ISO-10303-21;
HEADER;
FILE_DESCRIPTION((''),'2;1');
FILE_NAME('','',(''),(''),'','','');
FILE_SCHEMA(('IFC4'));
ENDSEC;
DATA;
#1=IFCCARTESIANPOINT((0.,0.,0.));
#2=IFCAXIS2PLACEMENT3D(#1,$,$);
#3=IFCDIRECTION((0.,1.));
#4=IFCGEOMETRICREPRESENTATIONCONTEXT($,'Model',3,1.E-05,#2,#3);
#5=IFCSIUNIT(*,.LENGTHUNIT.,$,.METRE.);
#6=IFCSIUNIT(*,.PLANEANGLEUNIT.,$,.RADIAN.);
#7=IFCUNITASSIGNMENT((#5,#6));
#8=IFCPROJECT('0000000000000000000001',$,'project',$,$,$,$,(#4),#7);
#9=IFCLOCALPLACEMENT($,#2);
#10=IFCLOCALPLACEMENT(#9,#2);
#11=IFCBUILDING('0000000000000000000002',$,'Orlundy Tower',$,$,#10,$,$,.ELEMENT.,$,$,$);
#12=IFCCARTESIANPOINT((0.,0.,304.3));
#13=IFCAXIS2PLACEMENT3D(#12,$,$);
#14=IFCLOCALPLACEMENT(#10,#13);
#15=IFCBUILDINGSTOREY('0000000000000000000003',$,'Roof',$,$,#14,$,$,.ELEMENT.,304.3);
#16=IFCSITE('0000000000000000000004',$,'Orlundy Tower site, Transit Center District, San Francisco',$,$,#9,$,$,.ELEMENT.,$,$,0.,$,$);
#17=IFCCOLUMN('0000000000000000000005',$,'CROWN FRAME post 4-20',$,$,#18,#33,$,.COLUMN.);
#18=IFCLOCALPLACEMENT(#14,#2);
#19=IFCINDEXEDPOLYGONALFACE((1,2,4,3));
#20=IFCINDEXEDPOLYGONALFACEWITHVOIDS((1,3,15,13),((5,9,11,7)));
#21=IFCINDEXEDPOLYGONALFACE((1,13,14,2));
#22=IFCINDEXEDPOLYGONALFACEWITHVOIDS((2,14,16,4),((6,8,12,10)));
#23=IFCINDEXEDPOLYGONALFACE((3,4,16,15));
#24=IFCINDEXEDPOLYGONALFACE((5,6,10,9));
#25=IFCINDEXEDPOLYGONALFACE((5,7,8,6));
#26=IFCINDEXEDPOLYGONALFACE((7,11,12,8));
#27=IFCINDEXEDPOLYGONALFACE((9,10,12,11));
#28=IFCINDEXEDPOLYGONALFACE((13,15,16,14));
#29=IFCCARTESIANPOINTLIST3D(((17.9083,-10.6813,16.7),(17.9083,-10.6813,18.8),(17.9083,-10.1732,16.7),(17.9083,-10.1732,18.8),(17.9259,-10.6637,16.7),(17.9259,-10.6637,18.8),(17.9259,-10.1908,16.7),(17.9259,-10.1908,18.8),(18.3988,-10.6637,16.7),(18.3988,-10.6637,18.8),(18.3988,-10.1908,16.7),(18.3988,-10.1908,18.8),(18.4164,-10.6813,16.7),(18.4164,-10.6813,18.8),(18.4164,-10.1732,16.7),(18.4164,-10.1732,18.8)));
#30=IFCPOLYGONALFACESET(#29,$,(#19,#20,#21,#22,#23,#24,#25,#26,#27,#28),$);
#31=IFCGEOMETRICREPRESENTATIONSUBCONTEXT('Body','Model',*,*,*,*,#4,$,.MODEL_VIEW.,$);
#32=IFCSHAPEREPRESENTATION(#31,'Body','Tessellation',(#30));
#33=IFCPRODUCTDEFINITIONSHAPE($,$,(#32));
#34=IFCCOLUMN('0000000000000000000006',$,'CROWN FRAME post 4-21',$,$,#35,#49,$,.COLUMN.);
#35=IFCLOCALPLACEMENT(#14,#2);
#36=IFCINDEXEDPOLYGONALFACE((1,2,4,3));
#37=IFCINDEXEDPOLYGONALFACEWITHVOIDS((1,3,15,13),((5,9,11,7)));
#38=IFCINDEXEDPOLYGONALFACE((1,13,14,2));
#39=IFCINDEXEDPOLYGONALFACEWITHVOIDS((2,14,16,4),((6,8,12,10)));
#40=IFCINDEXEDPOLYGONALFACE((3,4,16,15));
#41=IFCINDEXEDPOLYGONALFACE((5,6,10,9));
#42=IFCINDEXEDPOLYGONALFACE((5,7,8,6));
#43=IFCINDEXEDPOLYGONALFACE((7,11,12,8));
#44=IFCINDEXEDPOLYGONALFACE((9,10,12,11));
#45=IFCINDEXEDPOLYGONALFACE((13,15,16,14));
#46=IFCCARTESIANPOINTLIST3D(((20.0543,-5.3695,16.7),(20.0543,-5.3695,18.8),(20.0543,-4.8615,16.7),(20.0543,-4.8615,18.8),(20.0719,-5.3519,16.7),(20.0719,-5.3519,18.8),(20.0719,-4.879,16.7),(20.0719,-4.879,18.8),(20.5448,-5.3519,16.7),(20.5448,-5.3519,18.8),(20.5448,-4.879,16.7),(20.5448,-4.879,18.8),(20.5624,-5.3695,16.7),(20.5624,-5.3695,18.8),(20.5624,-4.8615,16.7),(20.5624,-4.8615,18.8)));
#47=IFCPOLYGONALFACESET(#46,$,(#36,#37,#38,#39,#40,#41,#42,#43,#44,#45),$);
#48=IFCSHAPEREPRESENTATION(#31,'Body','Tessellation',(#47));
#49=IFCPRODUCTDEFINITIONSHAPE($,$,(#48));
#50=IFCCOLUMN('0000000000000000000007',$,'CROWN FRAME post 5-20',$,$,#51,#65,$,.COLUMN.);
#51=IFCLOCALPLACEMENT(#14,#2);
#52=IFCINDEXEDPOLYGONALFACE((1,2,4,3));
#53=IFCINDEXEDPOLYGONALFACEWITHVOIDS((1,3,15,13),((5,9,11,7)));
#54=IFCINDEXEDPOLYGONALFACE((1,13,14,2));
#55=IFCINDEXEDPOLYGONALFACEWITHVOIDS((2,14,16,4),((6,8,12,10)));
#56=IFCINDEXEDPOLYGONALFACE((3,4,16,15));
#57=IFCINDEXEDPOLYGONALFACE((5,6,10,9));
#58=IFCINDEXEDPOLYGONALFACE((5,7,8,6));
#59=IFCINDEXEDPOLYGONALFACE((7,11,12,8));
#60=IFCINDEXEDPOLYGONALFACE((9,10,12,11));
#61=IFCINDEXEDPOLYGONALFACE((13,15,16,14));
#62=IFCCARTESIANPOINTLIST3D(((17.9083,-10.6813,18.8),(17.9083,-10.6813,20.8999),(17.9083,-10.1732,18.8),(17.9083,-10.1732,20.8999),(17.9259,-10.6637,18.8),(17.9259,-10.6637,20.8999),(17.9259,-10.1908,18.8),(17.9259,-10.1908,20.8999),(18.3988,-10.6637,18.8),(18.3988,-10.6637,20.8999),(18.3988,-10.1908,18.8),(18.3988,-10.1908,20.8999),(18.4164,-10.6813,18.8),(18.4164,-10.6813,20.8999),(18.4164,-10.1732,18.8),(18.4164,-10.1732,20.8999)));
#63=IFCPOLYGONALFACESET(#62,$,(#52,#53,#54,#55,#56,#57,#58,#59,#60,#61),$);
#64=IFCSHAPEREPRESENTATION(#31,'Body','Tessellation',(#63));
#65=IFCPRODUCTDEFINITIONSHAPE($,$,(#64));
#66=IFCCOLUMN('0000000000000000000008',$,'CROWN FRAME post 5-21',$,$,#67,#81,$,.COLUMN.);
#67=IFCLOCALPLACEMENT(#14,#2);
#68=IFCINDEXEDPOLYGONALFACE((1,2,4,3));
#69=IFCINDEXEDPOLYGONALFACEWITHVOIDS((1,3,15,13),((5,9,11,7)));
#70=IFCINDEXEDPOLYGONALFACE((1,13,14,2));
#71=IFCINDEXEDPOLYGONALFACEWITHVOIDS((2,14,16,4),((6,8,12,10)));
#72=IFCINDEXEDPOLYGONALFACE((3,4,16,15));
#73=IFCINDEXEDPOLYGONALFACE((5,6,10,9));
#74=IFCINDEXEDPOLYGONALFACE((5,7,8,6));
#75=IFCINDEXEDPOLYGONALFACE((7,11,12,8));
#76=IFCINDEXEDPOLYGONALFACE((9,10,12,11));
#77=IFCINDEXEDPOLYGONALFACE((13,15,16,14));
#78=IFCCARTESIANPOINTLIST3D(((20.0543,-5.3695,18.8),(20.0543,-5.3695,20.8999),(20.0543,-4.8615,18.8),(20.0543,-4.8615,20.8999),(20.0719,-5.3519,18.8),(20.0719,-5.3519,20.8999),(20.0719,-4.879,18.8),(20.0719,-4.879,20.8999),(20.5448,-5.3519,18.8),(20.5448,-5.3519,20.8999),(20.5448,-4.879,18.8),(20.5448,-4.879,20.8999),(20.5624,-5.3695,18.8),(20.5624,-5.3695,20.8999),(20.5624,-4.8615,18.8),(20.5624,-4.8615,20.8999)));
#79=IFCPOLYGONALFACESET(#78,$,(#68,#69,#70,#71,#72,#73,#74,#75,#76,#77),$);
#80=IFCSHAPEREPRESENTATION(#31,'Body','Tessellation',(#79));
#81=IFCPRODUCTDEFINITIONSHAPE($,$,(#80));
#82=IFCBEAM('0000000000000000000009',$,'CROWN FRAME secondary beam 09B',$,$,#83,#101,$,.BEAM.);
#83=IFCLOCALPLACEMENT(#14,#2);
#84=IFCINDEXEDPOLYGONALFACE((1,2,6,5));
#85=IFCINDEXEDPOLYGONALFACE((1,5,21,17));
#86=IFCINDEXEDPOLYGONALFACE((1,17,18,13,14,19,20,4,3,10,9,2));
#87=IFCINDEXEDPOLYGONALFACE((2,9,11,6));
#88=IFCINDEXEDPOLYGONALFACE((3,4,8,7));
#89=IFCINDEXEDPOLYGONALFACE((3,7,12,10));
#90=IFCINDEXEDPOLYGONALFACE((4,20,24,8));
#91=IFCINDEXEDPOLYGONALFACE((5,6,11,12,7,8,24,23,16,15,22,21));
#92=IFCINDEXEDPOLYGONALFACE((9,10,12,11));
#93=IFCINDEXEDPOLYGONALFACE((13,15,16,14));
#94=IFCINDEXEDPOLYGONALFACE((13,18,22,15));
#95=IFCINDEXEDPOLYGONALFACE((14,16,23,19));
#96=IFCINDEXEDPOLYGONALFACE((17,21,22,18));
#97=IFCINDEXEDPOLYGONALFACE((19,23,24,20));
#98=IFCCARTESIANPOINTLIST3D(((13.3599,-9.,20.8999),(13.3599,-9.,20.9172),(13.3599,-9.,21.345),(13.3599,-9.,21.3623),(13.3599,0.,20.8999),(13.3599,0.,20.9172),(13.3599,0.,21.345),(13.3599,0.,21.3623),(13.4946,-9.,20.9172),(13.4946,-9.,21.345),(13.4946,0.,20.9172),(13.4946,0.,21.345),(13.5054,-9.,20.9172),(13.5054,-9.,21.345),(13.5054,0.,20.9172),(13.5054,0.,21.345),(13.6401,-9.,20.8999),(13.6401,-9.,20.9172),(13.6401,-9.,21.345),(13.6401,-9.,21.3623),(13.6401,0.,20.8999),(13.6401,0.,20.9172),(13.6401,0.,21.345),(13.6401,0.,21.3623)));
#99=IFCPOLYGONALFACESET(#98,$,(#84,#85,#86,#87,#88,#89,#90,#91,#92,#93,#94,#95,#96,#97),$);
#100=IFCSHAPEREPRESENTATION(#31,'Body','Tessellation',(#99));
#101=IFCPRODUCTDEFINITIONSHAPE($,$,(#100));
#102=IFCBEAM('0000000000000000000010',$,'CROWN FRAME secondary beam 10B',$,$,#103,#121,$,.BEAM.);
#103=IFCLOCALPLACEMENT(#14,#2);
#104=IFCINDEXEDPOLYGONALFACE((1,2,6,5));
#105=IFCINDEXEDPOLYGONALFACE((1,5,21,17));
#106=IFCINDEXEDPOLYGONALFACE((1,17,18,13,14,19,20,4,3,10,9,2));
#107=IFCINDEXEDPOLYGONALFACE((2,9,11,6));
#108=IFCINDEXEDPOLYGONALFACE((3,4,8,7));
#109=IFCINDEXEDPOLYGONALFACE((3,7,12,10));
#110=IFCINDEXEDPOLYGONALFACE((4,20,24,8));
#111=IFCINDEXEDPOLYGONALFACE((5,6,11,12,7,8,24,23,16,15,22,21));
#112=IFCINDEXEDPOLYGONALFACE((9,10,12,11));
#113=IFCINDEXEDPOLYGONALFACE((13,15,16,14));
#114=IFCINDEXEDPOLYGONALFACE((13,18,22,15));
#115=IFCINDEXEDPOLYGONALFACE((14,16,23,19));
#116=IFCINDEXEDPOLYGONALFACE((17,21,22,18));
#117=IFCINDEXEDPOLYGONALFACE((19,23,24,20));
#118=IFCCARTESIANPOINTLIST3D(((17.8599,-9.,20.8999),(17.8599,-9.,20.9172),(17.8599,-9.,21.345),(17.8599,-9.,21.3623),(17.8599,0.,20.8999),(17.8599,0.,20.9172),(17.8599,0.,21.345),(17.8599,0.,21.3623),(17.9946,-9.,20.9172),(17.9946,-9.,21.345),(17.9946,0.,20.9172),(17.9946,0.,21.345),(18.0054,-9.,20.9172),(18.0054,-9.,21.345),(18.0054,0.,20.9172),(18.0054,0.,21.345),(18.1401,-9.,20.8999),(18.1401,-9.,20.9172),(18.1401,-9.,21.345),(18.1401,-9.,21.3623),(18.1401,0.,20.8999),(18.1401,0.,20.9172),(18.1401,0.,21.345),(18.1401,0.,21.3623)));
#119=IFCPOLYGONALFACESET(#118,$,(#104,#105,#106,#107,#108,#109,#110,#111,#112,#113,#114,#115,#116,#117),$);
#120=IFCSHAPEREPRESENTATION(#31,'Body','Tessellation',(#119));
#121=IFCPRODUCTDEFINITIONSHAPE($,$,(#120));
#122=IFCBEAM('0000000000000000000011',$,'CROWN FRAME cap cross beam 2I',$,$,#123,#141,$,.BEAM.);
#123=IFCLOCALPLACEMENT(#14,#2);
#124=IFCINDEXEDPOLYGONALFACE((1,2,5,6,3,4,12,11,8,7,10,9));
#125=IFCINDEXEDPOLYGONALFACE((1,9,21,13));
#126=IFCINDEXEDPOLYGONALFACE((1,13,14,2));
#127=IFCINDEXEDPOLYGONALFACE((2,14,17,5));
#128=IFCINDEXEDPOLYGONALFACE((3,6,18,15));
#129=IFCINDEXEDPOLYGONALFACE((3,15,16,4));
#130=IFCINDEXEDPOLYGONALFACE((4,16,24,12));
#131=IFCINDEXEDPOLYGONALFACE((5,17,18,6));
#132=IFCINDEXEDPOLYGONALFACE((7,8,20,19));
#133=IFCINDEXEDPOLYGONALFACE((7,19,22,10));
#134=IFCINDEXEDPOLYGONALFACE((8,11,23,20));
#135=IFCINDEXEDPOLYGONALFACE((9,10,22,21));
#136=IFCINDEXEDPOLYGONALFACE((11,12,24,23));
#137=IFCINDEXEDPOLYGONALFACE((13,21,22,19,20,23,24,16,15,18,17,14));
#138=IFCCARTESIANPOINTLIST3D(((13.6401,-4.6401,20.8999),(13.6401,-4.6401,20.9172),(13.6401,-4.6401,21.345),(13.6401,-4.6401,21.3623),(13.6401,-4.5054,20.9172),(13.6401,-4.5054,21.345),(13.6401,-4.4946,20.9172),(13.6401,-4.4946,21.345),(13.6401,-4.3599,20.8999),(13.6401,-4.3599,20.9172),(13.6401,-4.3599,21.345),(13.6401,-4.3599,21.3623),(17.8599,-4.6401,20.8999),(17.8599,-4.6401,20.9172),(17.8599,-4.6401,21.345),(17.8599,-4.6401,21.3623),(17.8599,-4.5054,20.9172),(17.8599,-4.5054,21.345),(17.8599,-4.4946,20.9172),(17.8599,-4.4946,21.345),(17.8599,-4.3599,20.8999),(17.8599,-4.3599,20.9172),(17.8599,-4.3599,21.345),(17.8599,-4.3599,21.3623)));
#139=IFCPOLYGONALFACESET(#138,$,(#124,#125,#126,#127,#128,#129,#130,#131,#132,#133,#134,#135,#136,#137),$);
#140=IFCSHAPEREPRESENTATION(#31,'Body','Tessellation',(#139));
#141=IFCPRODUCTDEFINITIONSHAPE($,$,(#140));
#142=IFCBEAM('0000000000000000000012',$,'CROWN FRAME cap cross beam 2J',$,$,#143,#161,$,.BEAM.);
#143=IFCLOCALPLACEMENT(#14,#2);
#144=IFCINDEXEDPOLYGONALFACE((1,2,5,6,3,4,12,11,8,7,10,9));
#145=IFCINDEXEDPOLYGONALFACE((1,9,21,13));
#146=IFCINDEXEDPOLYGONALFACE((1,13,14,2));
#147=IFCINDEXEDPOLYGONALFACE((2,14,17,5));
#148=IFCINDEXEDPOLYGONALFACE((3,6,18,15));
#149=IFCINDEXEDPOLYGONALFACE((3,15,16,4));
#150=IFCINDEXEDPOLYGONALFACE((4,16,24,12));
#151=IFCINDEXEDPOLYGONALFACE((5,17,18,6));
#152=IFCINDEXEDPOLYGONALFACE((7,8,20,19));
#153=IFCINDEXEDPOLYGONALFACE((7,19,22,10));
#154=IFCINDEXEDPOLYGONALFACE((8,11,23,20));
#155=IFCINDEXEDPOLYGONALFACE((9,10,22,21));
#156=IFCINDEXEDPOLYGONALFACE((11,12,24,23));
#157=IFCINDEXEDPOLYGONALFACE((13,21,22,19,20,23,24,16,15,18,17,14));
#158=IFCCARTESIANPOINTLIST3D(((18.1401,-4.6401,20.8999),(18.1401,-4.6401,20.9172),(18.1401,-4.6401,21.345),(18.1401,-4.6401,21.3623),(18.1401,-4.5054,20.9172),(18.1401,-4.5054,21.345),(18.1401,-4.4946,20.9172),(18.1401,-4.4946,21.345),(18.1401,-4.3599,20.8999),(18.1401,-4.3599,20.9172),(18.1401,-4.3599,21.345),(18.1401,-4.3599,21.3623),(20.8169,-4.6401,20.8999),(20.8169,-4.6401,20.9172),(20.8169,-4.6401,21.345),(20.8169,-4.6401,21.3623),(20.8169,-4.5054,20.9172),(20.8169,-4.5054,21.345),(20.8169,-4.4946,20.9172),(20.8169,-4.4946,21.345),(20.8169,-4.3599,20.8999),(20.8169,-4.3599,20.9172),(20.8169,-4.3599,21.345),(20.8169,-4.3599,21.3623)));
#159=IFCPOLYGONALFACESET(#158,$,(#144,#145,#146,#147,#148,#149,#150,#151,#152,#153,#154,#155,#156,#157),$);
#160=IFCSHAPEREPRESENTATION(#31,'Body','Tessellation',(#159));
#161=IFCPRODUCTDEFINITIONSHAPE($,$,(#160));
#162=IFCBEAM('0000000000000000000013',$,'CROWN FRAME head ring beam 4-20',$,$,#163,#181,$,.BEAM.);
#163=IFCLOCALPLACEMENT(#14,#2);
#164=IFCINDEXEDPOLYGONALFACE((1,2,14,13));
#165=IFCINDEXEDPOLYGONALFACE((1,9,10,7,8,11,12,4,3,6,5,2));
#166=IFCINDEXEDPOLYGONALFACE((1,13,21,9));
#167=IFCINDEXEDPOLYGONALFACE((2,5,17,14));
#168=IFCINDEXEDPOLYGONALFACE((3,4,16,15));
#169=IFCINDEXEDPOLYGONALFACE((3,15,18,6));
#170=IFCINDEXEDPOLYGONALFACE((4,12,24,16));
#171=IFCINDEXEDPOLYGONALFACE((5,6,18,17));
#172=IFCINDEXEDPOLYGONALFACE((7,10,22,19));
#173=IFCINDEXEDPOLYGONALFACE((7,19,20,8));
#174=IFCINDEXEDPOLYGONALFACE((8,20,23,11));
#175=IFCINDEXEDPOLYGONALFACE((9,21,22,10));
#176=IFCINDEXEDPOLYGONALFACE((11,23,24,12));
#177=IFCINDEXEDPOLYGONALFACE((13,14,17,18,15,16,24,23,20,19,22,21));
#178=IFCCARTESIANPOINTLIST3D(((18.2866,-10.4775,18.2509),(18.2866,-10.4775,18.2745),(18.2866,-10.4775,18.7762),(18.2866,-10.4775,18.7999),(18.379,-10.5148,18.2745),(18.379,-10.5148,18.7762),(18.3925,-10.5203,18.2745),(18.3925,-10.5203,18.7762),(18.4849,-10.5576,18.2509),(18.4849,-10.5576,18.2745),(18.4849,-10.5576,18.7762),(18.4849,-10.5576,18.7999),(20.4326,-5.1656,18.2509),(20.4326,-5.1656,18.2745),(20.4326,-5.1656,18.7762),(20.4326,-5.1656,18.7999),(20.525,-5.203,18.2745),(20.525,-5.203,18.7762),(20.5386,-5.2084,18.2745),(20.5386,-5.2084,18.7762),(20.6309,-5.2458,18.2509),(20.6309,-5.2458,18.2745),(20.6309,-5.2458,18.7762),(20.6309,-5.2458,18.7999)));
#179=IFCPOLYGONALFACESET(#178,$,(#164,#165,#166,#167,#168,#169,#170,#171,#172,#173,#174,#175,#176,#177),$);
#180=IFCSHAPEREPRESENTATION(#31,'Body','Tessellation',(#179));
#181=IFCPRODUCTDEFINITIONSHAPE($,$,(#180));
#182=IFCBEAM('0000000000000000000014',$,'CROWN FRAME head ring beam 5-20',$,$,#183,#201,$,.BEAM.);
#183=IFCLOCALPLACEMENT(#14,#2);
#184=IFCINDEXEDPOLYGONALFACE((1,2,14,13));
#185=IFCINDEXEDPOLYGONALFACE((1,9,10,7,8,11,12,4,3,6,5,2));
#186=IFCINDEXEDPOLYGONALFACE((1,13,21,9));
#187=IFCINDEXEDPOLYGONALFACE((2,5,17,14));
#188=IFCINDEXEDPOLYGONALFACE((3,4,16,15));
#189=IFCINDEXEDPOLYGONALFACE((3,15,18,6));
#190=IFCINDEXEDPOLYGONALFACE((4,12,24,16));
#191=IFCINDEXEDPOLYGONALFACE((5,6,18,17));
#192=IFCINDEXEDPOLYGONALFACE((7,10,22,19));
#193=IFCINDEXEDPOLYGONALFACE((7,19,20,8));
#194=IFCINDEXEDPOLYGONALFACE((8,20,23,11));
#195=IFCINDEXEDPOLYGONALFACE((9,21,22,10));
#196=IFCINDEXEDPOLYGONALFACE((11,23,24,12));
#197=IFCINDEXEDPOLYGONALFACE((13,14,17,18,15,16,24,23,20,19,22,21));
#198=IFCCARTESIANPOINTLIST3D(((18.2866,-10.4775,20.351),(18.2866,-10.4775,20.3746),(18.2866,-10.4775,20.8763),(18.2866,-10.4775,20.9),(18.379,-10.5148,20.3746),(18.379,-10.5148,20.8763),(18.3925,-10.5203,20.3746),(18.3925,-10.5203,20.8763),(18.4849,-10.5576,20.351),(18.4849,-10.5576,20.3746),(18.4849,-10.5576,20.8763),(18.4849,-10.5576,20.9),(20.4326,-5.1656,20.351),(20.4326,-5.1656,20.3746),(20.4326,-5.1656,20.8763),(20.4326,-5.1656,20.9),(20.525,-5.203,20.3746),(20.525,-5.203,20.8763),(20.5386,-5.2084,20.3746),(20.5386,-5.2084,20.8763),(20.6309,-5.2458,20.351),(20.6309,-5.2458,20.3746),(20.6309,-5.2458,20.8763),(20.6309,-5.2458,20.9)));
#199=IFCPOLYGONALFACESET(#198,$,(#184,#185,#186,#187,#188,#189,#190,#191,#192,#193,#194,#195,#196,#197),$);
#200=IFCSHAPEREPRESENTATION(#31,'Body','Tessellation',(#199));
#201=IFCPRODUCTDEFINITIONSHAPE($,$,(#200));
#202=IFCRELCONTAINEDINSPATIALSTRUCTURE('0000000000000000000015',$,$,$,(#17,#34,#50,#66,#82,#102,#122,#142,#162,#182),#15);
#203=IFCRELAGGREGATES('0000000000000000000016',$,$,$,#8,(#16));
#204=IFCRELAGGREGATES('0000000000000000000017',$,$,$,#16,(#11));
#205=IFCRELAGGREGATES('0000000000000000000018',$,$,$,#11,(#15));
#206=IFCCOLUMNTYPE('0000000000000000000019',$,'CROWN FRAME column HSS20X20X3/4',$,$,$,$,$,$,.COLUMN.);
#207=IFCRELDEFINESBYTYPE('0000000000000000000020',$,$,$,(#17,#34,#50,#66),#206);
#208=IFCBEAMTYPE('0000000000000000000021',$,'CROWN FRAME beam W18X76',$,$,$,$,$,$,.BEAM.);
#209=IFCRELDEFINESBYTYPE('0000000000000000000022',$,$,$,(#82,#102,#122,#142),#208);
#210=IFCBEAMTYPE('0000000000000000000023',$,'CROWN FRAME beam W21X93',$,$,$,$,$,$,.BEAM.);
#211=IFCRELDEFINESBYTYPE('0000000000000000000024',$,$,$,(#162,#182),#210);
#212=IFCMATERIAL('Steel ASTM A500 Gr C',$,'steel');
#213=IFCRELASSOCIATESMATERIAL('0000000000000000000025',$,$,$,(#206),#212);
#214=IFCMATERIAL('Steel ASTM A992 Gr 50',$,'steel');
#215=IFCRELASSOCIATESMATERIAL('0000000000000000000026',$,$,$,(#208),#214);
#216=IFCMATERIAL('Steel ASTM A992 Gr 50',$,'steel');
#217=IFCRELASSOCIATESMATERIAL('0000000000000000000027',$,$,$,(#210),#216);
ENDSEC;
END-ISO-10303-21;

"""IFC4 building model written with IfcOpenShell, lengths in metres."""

from ifc_helpers import new_model, si_unit, direction, frame, origin, origin_2d, place, context, subcontext, project, spatial, hollow_rectangle, i_section, extrude, material, material_profile, profile_set, type_object, element, save


model = new_model("IFC4")

# Units and contexts
model_context = context("Model", 3, precision=1e-05, world=origin(), true_north=direction((0.0, 1.0)))
body_context = subcontext(model_context, "Body", "Model", "MODEL_VIEW")
ifc_project = project(units=[si_unit("LENGTHUNIT", "METRE"), si_unit("PLANEANGLEUNIT", "RADIAN")], contexts=[model_context])

# Site, building, storey
site_placement = place(None, origin())
site = spatial("IfcSite", under=ifc_project, at=site_placement, Name="Orlundy Tower site, Transit Center District, San Francisco", CompositionType="ELEMENT", RefElevation=0.0)
building_placement = place(site_placement, origin())
building = spatial("IfcBuilding", under=site, at=building_placement, Name="Orlundy Tower", CompositionType="ELEMENT")
storey_placement = place(building_placement, frame((0.0, 0.0, 304.3)))
storey = spatial("IfcBuildingStorey", under=building, at=storey_placement, Name="Roof", CompositionType="ELEMENT", Elevation=304.3)

# Columns
ifc_material_1 = material(Name="Steel ASTM A500 Gr C", Category="steel")
ifc_material_profile_1 = material_profile(ifc_material_1, hollow_rectangle(XDim=0.5081, YDim=0.5081, WallThickness=0.0176, at=origin_2d()), Name="HSS20X20X3/4")
ifc_profile_set_1 = profile_set([ifc_material_profile_1], Name="Steel ASTM A500 Gr C")
column_type = type_object("IfcColumnType", Name="CROWN FRAME column HSS20X20X3/4", PredefinedType="COLUMN", material=ifc_profile_set_1)
for number, where, z_axis, x_axis, name in (
    (1, (18.1624, -10.4272, 16.7), (0.0, 0.0, 1.0), (1.0, 0.0, 0.0), "CROWN FRAME post 4-20"),
    (2, (20.3083, -5.1155, 16.7), (0.0, 0.0, 1.0), (1.0, 0.0, 0.0), "CROWN FRAME post 4-21"),
):
    element("IfcColumn", number, at=place(storey_placement, frame(where, z_axis=z_axis, x_axis=x_axis)), inside=storey, type_object=column_type, Name=name, PredefinedType="COLUMN", context=body_context, shape_type="SweptSolid", body=[
        extrude(hollow_rectangle(XDim=0.5081, YDim=0.5081, WallThickness=0.0176, at=origin_2d()), origin(), (0.0, 0.0, 1.0), 2.1001),
    ])
for number, where, z_axis, x_axis, name in (
    (3, (18.1624, -10.4272, 18.8), (0.0, 0.0, 1.0), (1.0, 0.0, 0.0), "CROWN FRAME post 5-20"),
    (4, (20.3083, -5.1155, 18.8), (0.0, 0.0, 1.0), (1.0, 0.0, 0.0), "CROWN FRAME post 5-21"),
):
    element("IfcColumn", number, at=place(storey_placement, frame(where, z_axis=z_axis, x_axis=x_axis)), inside=storey, type_object=column_type, Name=name, PredefinedType="COLUMN", context=body_context, shape_type="SweptSolid", body=[
        extrude(hollow_rectangle(XDim=0.5081, YDim=0.5081, WallThickness=0.0176, at=origin_2d()), origin(), (0.0, 0.0, 1.0), 2.0999),
    ])

# Beams
ifc_material_2 = material(Name="Steel ASTM A992 Gr 50", Category="steel")
ifc_material_profile_2 = material_profile(ifc_material_2, i_section(OverallWidth=0.2803, OverallDepth=0.4624, WebThickness=0.0107, FlangeThickness=0.0173, at=origin_2d()), Name="W18X76")
ifc_profile_set_2 = profile_set([ifc_material_profile_2], Name="Steel ASTM A992 Gr 50")
beam_type_1 = type_object("IfcBeamType", Name="CROWN FRAME beam W18X76", PredefinedType="BEAM", material=ifc_profile_set_2)
for number, where, z_axis, x_axis, name in (
    (5, (13.5, -9.0, 21.1311), (0.0, 1.0, 0.0), (-1.0, 0.0, 0.0), "CROWN FRAME secondary beam 09B"),
    (6, (18.0, -9.0, 21.1311), (0.0, 1.0, 0.0), (-1.0, 0.0, 0.0), "CROWN FRAME secondary beam 10B"),
):
    element("IfcBeam", number, at=place(storey_placement, frame(where, z_axis=z_axis, x_axis=x_axis)), inside=storey, type_object=beam_type_1, Name=name, PredefinedType="BEAM", context=body_context, shape_type="SweptSolid", body=[
        extrude(i_section(OverallWidth=0.2803, OverallDepth=0.4624, WebThickness=0.0107, FlangeThickness=0.0173, at=origin_2d()), origin(), (0.0, 0.0, 1.0), 9.0),
    ])
beam_1_placement = place(storey_placement, frame((13.6401, -4.5, 21.1311), z_axis=(1.0, 0.0, 0.0), x_axis=(0.0, 1.0, 0.0)))
element("IfcBeam", 7, at=beam_1_placement, inside=storey, type_object=beam_type_1, Name="CROWN FRAME cap cross beam 2I", PredefinedType="BEAM", context=body_context, shape_type="SweptSolid", body=[
    extrude(i_section(OverallWidth=0.2803, OverallDepth=0.4624, WebThickness=0.0107, FlangeThickness=0.0173, at=origin_2d()), origin(), (0.0, 0.0, 1.0), 4.2197),
])
beam_2_placement = place(storey_placement, frame((18.1401, -4.5, 21.1311), z_axis=(1.0, 0.0, 0.0), x_axis=(0.0, 1.0, 0.0)))
element("IfcBeam", 8, at=beam_2_placement, inside=storey, type_object=beam_type_1, Name="CROWN FRAME cap cross beam 2J", PredefinedType="BEAM", context=body_context, shape_type="SweptSolid", body=[
    extrude(i_section(OverallWidth=0.2803, OverallDepth=0.4624, WebThickness=0.0107, FlangeThickness=0.0173, at=origin_2d()), origin(), (0.0, 0.0, 1.0), 2.6768),
])
ifc_material_3 = material(Name="Steel ASTM A992 Gr 50", Category="steel")
ifc_material_profile_3 = material_profile(ifc_material_3, i_section(OverallWidth=0.2139, OverallDepth=0.5491, WebThickness=0.0146, FlangeThickness=0.0237, at=origin_2d()), Name="W21X93")
ifc_profile_set_3 = profile_set([ifc_material_profile_3], Name="Steel ASTM A992 Gr 50")
beam_type_2 = type_object("IfcBeamType", Name="CROWN FRAME beam W21X93", PredefinedType="BEAM", material=ifc_profile_set_3)
for number, where, z_axis, x_axis, name in (
    (9, (18.3857, -10.5176, 18.5254), (0.374592, 0.92719, 0.0), (-0.92719, 0.374592, 0.0), "CROWN FRAME head ring beam 4-20"),
    (10, (18.3857, -10.5176, 20.6255), (0.374592, 0.92719, 0.0), (-0.92719, 0.374592, 0.0), "CROWN FRAME head ring beam 5-20"),
):
    element("IfcBeam", number, at=place(storey_placement, frame(where, z_axis=z_axis, x_axis=x_axis)), inside=storey, type_object=beam_type_2, Name=name, PredefinedType="BEAM", context=body_context, shape_type="SweptSolid", body=[
        extrude(i_section(OverallWidth=0.2139, OverallDepth=0.5491, WebThickness=0.0146, FlangeThickness=0.0237, at=origin_2d()), origin(), (0.0, 0.0, 1.0), 5.729),
    ])

save(model, "model.ifc")
